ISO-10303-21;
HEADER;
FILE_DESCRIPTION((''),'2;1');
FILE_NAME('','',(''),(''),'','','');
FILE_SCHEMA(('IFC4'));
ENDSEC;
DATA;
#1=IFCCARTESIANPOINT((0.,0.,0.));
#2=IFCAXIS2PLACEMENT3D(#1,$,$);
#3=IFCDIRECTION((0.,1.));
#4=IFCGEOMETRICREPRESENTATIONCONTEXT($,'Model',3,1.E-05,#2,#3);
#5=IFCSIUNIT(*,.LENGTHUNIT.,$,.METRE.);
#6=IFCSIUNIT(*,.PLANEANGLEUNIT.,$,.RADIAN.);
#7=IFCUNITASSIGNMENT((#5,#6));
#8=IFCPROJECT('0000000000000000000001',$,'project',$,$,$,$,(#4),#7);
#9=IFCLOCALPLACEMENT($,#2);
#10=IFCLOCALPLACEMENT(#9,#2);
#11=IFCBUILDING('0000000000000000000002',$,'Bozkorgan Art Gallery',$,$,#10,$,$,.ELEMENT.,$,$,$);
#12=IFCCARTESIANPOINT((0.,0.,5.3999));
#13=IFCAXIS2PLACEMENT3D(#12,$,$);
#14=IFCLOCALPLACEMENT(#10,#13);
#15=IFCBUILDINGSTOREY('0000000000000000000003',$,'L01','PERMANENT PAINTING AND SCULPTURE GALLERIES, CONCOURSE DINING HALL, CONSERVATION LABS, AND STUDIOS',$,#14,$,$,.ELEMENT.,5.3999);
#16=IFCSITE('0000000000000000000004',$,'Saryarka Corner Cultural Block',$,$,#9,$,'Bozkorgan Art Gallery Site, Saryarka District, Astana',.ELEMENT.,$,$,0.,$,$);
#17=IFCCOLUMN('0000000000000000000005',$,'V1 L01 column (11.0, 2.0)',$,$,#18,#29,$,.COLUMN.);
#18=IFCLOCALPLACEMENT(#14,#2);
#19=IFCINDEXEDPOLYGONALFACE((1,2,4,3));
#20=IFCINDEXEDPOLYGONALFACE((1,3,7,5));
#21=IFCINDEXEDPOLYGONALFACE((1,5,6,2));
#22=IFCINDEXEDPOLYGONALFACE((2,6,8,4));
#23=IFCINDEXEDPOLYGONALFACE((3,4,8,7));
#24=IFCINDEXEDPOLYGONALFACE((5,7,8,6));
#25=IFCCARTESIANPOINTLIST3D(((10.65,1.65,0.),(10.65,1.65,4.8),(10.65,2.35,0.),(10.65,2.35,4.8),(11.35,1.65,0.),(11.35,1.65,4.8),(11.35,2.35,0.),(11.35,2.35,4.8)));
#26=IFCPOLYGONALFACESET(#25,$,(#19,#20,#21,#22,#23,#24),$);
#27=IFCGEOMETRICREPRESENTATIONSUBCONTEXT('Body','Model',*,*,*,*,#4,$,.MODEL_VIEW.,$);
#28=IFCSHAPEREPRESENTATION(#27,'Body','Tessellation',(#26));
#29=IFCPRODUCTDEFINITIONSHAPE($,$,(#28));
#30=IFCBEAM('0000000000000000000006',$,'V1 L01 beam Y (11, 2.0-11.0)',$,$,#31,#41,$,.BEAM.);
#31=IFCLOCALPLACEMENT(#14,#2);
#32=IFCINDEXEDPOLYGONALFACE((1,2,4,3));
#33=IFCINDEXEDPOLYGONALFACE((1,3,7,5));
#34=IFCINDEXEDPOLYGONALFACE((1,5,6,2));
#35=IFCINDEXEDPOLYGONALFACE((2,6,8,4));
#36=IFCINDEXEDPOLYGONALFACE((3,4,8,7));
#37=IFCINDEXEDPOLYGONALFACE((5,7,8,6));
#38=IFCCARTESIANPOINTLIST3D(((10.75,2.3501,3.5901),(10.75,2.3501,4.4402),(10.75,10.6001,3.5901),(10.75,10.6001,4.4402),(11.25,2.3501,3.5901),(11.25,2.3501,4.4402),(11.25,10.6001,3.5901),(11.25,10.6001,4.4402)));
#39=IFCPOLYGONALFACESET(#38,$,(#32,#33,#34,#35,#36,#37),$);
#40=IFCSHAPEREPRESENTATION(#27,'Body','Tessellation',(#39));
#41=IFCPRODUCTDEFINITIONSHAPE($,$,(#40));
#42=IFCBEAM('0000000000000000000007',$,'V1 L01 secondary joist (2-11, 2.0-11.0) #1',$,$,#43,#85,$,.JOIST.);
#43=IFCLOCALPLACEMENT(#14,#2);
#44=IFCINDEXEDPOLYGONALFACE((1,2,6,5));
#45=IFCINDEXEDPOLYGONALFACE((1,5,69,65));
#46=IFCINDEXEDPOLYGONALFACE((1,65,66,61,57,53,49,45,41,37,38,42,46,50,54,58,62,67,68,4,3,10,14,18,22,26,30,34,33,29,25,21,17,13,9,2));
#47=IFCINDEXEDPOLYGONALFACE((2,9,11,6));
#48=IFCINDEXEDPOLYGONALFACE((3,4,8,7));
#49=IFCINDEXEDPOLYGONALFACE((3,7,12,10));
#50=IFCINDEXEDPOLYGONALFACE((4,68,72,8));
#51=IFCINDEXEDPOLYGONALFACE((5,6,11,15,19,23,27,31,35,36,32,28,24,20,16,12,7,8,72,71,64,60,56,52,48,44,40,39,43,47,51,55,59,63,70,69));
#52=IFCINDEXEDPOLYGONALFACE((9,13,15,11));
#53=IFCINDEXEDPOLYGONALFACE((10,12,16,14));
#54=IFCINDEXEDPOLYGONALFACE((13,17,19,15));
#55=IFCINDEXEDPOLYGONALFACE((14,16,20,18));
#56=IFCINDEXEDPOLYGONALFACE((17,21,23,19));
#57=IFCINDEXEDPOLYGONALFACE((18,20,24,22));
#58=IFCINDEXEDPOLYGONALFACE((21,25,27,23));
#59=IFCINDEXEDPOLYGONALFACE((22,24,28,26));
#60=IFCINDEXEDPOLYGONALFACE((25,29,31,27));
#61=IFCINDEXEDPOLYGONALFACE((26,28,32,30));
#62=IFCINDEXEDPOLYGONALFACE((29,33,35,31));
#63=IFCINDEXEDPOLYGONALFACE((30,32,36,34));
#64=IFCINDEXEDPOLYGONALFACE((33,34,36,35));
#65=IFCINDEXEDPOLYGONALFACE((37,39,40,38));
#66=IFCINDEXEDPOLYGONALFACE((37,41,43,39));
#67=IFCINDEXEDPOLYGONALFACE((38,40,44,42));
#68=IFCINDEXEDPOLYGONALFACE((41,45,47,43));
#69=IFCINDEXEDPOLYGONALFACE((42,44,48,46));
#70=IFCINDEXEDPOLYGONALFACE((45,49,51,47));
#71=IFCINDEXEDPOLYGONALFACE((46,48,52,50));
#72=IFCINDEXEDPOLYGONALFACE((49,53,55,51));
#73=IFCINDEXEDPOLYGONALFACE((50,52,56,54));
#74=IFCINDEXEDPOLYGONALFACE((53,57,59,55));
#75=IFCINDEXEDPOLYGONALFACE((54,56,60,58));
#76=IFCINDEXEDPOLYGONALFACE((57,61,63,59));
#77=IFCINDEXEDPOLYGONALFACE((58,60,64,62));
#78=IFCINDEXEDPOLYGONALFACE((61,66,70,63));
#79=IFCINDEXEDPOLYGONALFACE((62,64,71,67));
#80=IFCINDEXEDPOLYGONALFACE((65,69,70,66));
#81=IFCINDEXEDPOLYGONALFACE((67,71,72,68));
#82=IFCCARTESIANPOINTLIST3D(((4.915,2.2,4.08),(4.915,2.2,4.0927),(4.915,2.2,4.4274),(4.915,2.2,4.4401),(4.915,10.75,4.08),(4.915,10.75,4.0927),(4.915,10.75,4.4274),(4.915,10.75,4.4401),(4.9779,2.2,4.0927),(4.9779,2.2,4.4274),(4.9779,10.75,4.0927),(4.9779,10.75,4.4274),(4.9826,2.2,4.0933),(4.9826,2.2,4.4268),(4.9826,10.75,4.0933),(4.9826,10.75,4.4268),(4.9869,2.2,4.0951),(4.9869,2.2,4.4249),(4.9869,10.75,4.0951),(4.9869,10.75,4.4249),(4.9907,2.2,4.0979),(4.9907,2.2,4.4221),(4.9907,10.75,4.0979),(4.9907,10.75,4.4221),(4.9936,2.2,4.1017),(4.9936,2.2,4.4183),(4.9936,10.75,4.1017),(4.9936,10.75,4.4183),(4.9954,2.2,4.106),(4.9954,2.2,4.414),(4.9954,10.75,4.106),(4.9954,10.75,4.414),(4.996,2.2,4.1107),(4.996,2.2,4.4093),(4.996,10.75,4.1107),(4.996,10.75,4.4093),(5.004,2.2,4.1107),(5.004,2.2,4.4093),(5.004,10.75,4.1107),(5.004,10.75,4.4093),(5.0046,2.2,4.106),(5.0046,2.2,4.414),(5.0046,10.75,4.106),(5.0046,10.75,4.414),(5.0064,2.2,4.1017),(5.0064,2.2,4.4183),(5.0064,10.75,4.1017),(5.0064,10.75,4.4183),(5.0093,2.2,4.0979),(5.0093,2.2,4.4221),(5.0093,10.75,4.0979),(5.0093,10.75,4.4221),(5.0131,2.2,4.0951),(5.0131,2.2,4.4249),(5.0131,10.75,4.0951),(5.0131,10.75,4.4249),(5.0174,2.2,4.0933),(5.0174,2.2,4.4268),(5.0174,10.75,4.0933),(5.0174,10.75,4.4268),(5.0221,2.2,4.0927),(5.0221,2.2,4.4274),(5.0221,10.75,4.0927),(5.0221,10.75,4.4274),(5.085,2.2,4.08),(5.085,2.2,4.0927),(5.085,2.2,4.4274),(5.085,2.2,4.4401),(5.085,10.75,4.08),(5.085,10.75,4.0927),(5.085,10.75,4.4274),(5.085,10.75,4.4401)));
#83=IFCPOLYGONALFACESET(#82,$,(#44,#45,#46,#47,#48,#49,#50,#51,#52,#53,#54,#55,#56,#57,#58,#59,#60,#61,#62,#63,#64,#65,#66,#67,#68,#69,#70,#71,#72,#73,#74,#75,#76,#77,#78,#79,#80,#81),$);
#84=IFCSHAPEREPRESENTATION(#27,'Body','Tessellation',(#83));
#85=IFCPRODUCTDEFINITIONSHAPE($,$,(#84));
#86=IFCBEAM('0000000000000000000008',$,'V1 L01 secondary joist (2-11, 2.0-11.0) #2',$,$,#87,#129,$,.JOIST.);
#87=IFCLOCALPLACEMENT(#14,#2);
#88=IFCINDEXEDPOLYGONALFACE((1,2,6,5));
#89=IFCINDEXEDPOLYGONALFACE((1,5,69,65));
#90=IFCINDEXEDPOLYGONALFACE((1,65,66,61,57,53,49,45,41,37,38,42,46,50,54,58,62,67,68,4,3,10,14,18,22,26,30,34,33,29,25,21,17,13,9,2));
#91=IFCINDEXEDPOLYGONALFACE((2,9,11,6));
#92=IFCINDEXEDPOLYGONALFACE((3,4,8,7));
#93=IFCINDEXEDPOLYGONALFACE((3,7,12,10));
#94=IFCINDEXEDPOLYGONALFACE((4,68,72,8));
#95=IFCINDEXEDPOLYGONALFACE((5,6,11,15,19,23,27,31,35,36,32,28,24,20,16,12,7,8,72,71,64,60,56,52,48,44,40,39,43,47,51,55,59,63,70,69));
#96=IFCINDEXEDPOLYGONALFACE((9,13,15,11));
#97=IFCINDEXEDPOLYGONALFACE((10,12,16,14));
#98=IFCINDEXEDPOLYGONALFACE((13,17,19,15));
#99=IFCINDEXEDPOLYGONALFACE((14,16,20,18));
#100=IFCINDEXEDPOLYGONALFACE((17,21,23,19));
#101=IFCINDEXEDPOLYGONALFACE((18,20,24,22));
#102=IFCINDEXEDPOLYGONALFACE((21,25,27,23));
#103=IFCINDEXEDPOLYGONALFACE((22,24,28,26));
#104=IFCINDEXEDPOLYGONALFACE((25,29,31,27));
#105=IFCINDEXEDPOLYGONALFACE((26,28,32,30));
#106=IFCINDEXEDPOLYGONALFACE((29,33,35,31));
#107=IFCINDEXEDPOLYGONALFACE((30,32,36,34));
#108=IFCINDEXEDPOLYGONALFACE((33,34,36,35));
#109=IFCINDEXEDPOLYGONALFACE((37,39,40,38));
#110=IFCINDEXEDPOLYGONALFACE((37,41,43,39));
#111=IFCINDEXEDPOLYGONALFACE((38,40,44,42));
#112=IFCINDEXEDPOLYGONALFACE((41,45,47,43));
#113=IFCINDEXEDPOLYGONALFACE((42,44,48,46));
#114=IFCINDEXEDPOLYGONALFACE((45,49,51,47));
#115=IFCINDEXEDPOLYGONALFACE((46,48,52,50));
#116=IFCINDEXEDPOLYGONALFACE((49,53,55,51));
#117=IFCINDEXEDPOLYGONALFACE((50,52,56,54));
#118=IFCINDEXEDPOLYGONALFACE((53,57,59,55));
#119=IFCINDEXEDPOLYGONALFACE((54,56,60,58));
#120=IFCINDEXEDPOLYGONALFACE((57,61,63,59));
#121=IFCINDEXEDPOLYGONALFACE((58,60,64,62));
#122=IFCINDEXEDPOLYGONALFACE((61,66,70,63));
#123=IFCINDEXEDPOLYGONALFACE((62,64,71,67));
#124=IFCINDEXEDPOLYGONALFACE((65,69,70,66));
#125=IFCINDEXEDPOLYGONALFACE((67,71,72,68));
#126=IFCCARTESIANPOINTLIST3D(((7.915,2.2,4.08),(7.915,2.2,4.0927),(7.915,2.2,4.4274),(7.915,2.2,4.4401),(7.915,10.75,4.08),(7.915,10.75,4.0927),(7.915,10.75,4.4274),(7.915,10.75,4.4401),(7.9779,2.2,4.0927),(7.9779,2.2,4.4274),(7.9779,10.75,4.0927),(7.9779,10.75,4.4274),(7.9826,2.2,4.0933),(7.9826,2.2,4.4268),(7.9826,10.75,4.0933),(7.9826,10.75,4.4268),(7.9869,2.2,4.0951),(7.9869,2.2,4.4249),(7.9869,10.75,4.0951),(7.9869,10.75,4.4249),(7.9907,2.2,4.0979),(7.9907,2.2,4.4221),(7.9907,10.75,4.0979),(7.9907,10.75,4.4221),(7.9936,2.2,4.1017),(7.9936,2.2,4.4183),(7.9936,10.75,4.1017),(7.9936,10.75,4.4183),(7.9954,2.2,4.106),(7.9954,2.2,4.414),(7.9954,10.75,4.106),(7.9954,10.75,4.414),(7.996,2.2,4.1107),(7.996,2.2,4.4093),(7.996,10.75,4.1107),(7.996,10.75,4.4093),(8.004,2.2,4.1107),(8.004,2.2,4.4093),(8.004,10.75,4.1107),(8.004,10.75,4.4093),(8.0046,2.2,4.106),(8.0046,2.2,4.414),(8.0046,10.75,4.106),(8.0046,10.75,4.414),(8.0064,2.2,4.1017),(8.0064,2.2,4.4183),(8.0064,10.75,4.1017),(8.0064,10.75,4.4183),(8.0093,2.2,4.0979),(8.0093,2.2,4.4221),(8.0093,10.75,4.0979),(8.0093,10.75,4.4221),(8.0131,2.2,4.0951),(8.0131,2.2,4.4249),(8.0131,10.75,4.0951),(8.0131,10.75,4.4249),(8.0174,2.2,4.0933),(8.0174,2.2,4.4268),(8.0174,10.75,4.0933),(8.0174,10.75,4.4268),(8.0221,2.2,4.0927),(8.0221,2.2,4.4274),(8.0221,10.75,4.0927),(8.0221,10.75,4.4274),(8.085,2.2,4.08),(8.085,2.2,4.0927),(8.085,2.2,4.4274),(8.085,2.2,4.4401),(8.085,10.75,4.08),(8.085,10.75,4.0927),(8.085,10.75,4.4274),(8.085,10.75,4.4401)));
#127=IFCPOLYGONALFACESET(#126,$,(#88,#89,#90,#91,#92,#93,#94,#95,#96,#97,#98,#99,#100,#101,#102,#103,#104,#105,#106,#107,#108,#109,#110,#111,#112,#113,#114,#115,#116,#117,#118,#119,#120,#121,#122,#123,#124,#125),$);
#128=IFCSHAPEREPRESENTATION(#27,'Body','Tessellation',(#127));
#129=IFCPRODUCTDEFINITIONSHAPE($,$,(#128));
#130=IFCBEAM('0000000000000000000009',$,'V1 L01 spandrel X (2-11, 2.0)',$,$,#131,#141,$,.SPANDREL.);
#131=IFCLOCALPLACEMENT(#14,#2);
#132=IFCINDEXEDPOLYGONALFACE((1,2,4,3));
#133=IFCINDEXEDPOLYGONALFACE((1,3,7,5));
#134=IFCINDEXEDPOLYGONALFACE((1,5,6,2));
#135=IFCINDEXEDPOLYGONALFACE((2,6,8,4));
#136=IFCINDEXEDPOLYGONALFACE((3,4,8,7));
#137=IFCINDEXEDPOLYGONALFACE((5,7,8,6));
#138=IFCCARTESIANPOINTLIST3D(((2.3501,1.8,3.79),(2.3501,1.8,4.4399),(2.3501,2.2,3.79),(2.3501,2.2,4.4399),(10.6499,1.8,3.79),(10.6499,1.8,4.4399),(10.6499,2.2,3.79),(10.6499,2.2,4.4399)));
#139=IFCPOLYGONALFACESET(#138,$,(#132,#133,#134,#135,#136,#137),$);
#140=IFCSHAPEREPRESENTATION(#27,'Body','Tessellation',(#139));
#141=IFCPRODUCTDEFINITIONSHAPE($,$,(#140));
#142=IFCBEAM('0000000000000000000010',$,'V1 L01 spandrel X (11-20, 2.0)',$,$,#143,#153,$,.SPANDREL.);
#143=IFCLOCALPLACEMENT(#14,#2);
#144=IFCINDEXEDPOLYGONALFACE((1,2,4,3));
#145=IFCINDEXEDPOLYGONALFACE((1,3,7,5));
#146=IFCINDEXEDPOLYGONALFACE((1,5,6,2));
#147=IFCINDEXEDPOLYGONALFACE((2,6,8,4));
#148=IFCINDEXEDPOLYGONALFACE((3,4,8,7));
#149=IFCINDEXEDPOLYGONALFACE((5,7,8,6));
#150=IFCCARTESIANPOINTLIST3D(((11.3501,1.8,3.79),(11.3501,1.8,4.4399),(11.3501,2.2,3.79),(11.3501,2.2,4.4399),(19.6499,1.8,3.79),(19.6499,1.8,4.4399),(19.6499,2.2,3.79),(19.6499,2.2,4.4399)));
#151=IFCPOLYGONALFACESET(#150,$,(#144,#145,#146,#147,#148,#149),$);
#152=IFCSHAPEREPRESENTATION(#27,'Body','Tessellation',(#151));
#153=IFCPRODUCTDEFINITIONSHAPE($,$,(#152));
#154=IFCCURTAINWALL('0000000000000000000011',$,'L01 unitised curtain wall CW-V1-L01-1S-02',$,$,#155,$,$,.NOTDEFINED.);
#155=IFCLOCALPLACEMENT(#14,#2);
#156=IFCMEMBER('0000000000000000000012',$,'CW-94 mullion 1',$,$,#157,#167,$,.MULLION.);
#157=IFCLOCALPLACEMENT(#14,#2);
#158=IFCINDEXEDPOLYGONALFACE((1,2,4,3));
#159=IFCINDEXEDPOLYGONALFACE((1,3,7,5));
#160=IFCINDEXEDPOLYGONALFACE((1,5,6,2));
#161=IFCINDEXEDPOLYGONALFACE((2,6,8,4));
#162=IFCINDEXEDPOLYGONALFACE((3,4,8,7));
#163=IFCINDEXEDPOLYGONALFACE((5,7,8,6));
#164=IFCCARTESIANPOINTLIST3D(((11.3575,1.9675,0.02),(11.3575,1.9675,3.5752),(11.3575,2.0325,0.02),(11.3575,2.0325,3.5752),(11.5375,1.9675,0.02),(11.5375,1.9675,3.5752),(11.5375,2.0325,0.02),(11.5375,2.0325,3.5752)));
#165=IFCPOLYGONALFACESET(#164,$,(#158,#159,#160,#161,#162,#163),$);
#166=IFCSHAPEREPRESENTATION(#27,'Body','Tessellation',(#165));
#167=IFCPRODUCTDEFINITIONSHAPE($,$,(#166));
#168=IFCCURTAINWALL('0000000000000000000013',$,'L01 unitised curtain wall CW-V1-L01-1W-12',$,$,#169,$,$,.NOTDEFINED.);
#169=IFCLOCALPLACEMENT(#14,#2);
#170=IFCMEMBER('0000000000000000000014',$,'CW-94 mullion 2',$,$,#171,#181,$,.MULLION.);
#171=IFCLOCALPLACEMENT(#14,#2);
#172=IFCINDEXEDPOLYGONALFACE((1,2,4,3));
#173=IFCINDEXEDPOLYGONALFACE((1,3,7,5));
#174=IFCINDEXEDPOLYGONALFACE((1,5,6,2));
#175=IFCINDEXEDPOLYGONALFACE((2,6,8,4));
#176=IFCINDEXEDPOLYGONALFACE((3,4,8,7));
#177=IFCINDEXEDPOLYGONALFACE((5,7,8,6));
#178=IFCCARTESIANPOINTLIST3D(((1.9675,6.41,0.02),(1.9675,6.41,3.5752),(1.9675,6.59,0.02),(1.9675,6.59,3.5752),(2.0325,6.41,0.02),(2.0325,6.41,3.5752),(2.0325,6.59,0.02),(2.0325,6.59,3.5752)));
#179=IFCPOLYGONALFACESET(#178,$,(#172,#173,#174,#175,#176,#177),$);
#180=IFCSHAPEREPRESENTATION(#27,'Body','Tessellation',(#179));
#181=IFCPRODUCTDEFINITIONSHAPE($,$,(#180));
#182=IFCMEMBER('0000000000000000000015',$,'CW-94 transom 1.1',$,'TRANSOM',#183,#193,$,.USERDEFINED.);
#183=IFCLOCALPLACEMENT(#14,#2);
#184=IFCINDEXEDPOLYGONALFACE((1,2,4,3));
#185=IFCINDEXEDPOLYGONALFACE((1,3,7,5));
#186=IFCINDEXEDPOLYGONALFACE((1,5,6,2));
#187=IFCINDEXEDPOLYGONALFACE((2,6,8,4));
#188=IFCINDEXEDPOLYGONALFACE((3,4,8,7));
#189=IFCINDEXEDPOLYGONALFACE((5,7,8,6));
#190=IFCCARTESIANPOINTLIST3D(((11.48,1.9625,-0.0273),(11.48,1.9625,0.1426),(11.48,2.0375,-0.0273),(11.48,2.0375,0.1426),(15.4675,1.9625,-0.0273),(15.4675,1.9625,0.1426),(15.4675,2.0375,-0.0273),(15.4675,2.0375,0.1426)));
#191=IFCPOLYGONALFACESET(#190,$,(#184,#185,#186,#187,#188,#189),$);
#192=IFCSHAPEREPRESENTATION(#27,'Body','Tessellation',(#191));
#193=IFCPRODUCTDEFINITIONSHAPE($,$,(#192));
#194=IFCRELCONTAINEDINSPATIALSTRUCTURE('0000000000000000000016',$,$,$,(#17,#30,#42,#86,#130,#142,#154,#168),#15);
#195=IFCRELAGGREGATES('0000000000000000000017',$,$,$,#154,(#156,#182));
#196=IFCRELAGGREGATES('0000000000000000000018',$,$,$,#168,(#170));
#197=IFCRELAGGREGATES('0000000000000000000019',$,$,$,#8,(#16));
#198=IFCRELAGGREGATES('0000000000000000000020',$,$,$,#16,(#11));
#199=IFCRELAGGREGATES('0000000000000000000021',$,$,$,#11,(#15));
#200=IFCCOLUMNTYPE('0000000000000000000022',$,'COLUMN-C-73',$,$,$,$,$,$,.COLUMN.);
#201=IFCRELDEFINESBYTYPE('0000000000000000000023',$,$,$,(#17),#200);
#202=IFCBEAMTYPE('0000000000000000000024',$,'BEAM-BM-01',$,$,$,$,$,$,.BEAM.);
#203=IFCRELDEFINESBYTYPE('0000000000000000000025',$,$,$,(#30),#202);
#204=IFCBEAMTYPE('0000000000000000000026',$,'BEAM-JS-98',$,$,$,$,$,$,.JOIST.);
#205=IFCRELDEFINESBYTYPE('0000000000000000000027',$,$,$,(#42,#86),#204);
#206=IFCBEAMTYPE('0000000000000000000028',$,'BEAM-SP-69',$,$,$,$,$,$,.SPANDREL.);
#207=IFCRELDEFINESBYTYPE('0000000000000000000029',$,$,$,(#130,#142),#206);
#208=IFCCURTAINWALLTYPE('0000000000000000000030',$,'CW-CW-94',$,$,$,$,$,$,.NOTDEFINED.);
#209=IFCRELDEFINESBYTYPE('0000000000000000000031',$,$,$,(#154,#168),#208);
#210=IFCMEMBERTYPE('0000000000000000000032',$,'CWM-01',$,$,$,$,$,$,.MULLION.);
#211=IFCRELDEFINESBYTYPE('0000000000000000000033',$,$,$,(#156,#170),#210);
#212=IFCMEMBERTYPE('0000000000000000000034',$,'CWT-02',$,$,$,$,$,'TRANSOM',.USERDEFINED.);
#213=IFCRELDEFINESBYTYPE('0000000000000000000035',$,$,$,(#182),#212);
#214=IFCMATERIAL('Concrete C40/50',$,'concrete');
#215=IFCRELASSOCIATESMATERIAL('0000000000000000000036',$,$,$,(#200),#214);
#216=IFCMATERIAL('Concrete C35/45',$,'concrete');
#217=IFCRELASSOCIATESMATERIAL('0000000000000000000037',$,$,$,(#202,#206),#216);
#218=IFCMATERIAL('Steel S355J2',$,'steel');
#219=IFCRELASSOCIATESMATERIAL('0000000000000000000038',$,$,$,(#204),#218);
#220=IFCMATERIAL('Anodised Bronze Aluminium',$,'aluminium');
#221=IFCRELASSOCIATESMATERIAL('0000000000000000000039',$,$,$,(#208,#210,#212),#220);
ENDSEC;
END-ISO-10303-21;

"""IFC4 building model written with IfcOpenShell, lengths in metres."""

from ifc_helpers import new_model, si_unit, direction, frame, origin, origin_2d, place, context, subcontext, project, spatial, rectangle, i_section, extrude, material, material_profile, profile_set, type_object, element, aggregate, save


model = new_model("IFC4")

# Units and contexts
model_context = context("Model", 3, precision=1e-05, world=origin(), true_north=direction((0.0, 1.0)))
body_context = subcontext(model_context, "Body", "Model", "MODEL_VIEW")
ifc_project = project(units=[si_unit("LENGTHUNIT", "METRE"), si_unit("PLANEANGLEUNIT", "RADIAN")], contexts=[model_context])

# Site, building, storey
site_placement = place(None, origin())
site = spatial("IfcSite", under=ifc_project, at=site_placement, Name="Saryarka Corner Cultural Block", LongName="Bozkorgan Art Gallery Site, Saryarka District, Astana", CompositionType="ELEMENT", RefElevation=0.0)
building_placement = place(site_placement, origin())
building = spatial("IfcBuilding", under=site, at=building_placement, Name="Bozkorgan Art Gallery", CompositionType="ELEMENT")
storey_placement = place(building_placement, frame((0.0, 0.0, 5.3999)))
storey = spatial("IfcBuildingStorey", under=building, at=storey_placement, Name="L01", Description="PERMANENT PAINTING AND SCULPTURE GALLERIES, CONCOURSE DINING HALL, CONSERVATION LABS, AND STUDIOS", CompositionType="ELEMENT", Elevation=5.3999)

# Column
ifc_material_1 = material(Name="Concrete C40/50", Category="concrete")
ifc_material_profile_1 = material_profile(ifc_material_1, rectangle(XDim=0.7, YDim=0.7, at=origin_2d()), Name="RC 700x700")
ifc_profile_set_1 = profile_set([ifc_material_profile_1], Name="Concrete C40/50")
column_type = type_object("IfcColumnType", Name="COLUMN-C-73", PredefinedType="COLUMN", material=ifc_profile_set_1)
column_placement = place(storey_placement, frame((11.0, 2.0, 0.0), z_axis=(0.0, 0.0, 1.0), x_axis=(1.0, 0.0, 0.0)))
element("IfcColumn", 1, at=column_placement, inside=storey, type_object=column_type, Name="V1 L01 column (11.0, 2.0)", PredefinedType="COLUMN", context=body_context, shape_type="SweptSolid", body=[
    extrude(rectangle(XDim=0.7, YDim=0.7, at=origin_2d()), origin(), (0.0, 0.0, 1.0), 4.8),
])

# Beams
ifc_material_2 = material(Name="Concrete C35/45", Category="concrete")
ifc_material_profile_2 = material_profile(ifc_material_2, rectangle(XDim=0.5, YDim=0.8501, at=origin_2d()), Name="RC 500x850")
ifc_profile_set_2 = profile_set([ifc_material_profile_2], Name="Concrete C35/45")
beam_type_1 = type_object("IfcBeamType", Name="BEAM-BM-01", PredefinedType="BEAM", material=ifc_profile_set_2)
beam_placement = place(storey_placement, frame((11.0, 2.3501, 4.0151), z_axis=(0.0, 1.0, 0.0), x_axis=(-1.0, 0.0, 0.0)))
element("IfcBeam", 2, at=beam_placement, inside=storey, type_object=beam_type_1, Name="V1 L01 beam Y (11, 2.0-11.0)", PredefinedType="BEAM", context=body_context, shape_type="SweptSolid", body=[
    extrude(rectangle(XDim=0.5, YDim=0.8501, at=origin_2d()), origin(), (0.0, 0.0, 1.0), 8.25),
])
ifc_material_3 = material(Name="Steel S355J2", Category="steel")
ifc_material_profile_3 = material_profile(ifc_material_3, i_section(OverallWidth=0.1699, OverallDepth=0.3601, WebThickness=0.0081, FlangeThickness=0.0127, FilletRadius=0.0181, at=origin_2d()), Name="IPE 360")
ifc_profile_set_3 = profile_set([ifc_material_profile_3], Name="Steel S355J2")
beam_type_2 = type_object("IfcBeamType", Name="BEAM-JS-98", PredefinedType="JOIST", material=ifc_profile_set_3)
for number, where, z_axis, x_axis, name in (
    (3, (5.0, 2.2, 4.26), (0.0, 1.0, 0.0), (-1.0, 0.0, 0.0), "V1 L01 secondary joist (2-11, 2.0-11.0) #1"),
    (4, (8.0, 2.2, 4.26), (0.0, 1.0, 0.0), (-1.0, 0.0, 0.0), "V1 L01 secondary joist (2-11, 2.0-11.0) #2"),
):
    element("IfcBeam", number, at=place(storey_placement, frame(where, z_axis=z_axis, x_axis=x_axis)), inside=storey, type_object=beam_type_2, Name=name, PredefinedType="JOIST", context=body_context, shape_type="SweptSolid", body=[
        extrude(i_section(OverallWidth=0.1699, OverallDepth=0.3601, WebThickness=0.0081, FlangeThickness=0.0127, FilletRadius=0.0181, at=origin_2d()), origin(), (0.0, 0.0, 1.0), 8.55),
    ])
ifc_material_profile_4 = material_profile(ifc_material_2, rectangle(XDim=0.3999, YDim=0.6499, at=origin_2d()), Name="RC 400x650")
ifc_profile_set_4 = profile_set([ifc_material_profile_4], Name="Concrete C35/45")
beam_type_3 = type_object("IfcBeamType", Name="BEAM-SP-69", PredefinedType="SPANDREL", material=ifc_profile_set_4)
for number, where, z_axis, x_axis, name in (
    (5, (2.3501, 2.0, 4.115), (1.0, 0.0, 0.0), (0.0, 1.0, 0.0), "V1 L01 spandrel X (2-11, 2.0)"),
    (6, (11.3501, 2.0, 4.115), (1.0, 0.0, 0.0), (0.0, 1.0, 0.0), "V1 L01 spandrel X (11-20, 2.0)"),
):
    element("IfcBeam", number, at=place(storey_placement, frame(where, z_axis=z_axis, x_axis=x_axis)), inside=storey, type_object=beam_type_3, Name=name, PredefinedType="SPANDREL", context=body_context, shape_type="SweptSolid", body=[
        extrude(rectangle(XDim=0.3999, YDim=0.6499, at=origin_2d()), origin(), (0.0, 0.0, 1.0), 8.2998),
    ])

# Curtain walls, members
ifc_material_4 = material(Name="Anodised Bronze Aluminium", Category="aluminium")
curtain_wall_type = type_object("IfcCurtainWallType", Name="CW-CW-94", PredefinedType="NOTDEFINED", material=ifc_material_4)
curtain_wall_1_placement = place(storey_placement, origin())
curtain_wall_1 = element("IfcCurtainWall", 7, at=curtain_wall_1_placement, inside=storey, type_object=curtain_wall_type, Name="L01 unitised curtain wall CW-V1-L01-1S-02", PredefinedType="NOTDEFINED")
ifc_material_profile_5 = material_profile(ifc_material_4, rectangle(XDim=0.0649, YDim=0.1799, at=origin_2d()), Name="ALU MULLION 65x180")
ifc_profile_set_5 = profile_set([ifc_material_profile_5], Name="Anodised Bronze Aluminium")
member_type_1 = type_object("IfcMemberType", Name="CWM-01", PredefinedType="MULLION", material=ifc_profile_set_5)
member_1_placement = place(storey_placement, frame((11.4475, 2.0, 0.02), z_axis=(0.0, 0.0, 1.0), x_axis=(0.0, 1.0, 0.0)))
member_1 = element("IfcMember", 8, at=member_1_placement, type_object=member_type_1, Name="CW-94 mullion 1", PredefinedType="MULLION", context=body_context, shape_type="SweptSolid", body=[
    extrude(rectangle(XDim=0.0649, YDim=0.1799, at=origin_2d()), origin(), (0.0, 0.0, 1.0), 3.5552),
])
curtain_wall_2_placement = place(storey_placement, origin())
curtain_wall_2 = element("IfcCurtainWall", 9, at=curtain_wall_2_placement, inside=storey, type_object=curtain_wall_type, Name="L01 unitised curtain wall CW-V1-L01-1W-12", PredefinedType="NOTDEFINED")
member_2_placement = place(storey_placement, frame((2.0, 6.5, 0.02), z_axis=(0.0, 0.0, 1.0), x_axis=(-1.0, 0.0, 0.0)))
member_2 = element("IfcMember", 10, at=member_2_placement, type_object=member_type_1, Name="CW-94 mullion 2", PredefinedType="MULLION", context=body_context, shape_type="SweptSolid", body=[
    extrude(rectangle(XDim=0.0649, YDim=0.1799, at=origin_2d()), origin(), (0.0, 0.0, 1.0), 3.5552),
])

# Member
ifc_material_profile_6 = material_profile(ifc_material_4, rectangle(XDim=0.075, YDim=0.1699, at=origin_2d()), Name="ALU TRANSOM 75x170")
ifc_profile_set_6 = profile_set([ifc_material_profile_6], Name="Anodised Bronze Aluminium")
member_type_2 = type_object("IfcMemberType", Name="CWT-02", ElementType="TRANSOM", PredefinedType="USERDEFINED", material=ifc_profile_set_6)
member_3_placement = place(storey_placement, frame((11.48, 2.0, 0.0576), z_axis=(1.0, 0.0, 0.0), x_axis=(0.0, 1.0, 0.0)))
member_3 = element("IfcMember", 11, at=member_3_placement, type_object=member_type_2, Name="CW-94 transom 1.1", ObjectType="TRANSOM", PredefinedType="USERDEFINED", context=body_context, shape_type="SweptSolid", body=[
    extrude(rectangle(XDim=0.075, YDim=0.1699, at=origin_2d()), origin(), (0.0, 0.0, 1.0), 3.9875),
])
aggregate(curtain_wall_1, [member_1, member_3])

aggregate(curtain_wall_2, [member_2])

save(model, "model.ifc")
